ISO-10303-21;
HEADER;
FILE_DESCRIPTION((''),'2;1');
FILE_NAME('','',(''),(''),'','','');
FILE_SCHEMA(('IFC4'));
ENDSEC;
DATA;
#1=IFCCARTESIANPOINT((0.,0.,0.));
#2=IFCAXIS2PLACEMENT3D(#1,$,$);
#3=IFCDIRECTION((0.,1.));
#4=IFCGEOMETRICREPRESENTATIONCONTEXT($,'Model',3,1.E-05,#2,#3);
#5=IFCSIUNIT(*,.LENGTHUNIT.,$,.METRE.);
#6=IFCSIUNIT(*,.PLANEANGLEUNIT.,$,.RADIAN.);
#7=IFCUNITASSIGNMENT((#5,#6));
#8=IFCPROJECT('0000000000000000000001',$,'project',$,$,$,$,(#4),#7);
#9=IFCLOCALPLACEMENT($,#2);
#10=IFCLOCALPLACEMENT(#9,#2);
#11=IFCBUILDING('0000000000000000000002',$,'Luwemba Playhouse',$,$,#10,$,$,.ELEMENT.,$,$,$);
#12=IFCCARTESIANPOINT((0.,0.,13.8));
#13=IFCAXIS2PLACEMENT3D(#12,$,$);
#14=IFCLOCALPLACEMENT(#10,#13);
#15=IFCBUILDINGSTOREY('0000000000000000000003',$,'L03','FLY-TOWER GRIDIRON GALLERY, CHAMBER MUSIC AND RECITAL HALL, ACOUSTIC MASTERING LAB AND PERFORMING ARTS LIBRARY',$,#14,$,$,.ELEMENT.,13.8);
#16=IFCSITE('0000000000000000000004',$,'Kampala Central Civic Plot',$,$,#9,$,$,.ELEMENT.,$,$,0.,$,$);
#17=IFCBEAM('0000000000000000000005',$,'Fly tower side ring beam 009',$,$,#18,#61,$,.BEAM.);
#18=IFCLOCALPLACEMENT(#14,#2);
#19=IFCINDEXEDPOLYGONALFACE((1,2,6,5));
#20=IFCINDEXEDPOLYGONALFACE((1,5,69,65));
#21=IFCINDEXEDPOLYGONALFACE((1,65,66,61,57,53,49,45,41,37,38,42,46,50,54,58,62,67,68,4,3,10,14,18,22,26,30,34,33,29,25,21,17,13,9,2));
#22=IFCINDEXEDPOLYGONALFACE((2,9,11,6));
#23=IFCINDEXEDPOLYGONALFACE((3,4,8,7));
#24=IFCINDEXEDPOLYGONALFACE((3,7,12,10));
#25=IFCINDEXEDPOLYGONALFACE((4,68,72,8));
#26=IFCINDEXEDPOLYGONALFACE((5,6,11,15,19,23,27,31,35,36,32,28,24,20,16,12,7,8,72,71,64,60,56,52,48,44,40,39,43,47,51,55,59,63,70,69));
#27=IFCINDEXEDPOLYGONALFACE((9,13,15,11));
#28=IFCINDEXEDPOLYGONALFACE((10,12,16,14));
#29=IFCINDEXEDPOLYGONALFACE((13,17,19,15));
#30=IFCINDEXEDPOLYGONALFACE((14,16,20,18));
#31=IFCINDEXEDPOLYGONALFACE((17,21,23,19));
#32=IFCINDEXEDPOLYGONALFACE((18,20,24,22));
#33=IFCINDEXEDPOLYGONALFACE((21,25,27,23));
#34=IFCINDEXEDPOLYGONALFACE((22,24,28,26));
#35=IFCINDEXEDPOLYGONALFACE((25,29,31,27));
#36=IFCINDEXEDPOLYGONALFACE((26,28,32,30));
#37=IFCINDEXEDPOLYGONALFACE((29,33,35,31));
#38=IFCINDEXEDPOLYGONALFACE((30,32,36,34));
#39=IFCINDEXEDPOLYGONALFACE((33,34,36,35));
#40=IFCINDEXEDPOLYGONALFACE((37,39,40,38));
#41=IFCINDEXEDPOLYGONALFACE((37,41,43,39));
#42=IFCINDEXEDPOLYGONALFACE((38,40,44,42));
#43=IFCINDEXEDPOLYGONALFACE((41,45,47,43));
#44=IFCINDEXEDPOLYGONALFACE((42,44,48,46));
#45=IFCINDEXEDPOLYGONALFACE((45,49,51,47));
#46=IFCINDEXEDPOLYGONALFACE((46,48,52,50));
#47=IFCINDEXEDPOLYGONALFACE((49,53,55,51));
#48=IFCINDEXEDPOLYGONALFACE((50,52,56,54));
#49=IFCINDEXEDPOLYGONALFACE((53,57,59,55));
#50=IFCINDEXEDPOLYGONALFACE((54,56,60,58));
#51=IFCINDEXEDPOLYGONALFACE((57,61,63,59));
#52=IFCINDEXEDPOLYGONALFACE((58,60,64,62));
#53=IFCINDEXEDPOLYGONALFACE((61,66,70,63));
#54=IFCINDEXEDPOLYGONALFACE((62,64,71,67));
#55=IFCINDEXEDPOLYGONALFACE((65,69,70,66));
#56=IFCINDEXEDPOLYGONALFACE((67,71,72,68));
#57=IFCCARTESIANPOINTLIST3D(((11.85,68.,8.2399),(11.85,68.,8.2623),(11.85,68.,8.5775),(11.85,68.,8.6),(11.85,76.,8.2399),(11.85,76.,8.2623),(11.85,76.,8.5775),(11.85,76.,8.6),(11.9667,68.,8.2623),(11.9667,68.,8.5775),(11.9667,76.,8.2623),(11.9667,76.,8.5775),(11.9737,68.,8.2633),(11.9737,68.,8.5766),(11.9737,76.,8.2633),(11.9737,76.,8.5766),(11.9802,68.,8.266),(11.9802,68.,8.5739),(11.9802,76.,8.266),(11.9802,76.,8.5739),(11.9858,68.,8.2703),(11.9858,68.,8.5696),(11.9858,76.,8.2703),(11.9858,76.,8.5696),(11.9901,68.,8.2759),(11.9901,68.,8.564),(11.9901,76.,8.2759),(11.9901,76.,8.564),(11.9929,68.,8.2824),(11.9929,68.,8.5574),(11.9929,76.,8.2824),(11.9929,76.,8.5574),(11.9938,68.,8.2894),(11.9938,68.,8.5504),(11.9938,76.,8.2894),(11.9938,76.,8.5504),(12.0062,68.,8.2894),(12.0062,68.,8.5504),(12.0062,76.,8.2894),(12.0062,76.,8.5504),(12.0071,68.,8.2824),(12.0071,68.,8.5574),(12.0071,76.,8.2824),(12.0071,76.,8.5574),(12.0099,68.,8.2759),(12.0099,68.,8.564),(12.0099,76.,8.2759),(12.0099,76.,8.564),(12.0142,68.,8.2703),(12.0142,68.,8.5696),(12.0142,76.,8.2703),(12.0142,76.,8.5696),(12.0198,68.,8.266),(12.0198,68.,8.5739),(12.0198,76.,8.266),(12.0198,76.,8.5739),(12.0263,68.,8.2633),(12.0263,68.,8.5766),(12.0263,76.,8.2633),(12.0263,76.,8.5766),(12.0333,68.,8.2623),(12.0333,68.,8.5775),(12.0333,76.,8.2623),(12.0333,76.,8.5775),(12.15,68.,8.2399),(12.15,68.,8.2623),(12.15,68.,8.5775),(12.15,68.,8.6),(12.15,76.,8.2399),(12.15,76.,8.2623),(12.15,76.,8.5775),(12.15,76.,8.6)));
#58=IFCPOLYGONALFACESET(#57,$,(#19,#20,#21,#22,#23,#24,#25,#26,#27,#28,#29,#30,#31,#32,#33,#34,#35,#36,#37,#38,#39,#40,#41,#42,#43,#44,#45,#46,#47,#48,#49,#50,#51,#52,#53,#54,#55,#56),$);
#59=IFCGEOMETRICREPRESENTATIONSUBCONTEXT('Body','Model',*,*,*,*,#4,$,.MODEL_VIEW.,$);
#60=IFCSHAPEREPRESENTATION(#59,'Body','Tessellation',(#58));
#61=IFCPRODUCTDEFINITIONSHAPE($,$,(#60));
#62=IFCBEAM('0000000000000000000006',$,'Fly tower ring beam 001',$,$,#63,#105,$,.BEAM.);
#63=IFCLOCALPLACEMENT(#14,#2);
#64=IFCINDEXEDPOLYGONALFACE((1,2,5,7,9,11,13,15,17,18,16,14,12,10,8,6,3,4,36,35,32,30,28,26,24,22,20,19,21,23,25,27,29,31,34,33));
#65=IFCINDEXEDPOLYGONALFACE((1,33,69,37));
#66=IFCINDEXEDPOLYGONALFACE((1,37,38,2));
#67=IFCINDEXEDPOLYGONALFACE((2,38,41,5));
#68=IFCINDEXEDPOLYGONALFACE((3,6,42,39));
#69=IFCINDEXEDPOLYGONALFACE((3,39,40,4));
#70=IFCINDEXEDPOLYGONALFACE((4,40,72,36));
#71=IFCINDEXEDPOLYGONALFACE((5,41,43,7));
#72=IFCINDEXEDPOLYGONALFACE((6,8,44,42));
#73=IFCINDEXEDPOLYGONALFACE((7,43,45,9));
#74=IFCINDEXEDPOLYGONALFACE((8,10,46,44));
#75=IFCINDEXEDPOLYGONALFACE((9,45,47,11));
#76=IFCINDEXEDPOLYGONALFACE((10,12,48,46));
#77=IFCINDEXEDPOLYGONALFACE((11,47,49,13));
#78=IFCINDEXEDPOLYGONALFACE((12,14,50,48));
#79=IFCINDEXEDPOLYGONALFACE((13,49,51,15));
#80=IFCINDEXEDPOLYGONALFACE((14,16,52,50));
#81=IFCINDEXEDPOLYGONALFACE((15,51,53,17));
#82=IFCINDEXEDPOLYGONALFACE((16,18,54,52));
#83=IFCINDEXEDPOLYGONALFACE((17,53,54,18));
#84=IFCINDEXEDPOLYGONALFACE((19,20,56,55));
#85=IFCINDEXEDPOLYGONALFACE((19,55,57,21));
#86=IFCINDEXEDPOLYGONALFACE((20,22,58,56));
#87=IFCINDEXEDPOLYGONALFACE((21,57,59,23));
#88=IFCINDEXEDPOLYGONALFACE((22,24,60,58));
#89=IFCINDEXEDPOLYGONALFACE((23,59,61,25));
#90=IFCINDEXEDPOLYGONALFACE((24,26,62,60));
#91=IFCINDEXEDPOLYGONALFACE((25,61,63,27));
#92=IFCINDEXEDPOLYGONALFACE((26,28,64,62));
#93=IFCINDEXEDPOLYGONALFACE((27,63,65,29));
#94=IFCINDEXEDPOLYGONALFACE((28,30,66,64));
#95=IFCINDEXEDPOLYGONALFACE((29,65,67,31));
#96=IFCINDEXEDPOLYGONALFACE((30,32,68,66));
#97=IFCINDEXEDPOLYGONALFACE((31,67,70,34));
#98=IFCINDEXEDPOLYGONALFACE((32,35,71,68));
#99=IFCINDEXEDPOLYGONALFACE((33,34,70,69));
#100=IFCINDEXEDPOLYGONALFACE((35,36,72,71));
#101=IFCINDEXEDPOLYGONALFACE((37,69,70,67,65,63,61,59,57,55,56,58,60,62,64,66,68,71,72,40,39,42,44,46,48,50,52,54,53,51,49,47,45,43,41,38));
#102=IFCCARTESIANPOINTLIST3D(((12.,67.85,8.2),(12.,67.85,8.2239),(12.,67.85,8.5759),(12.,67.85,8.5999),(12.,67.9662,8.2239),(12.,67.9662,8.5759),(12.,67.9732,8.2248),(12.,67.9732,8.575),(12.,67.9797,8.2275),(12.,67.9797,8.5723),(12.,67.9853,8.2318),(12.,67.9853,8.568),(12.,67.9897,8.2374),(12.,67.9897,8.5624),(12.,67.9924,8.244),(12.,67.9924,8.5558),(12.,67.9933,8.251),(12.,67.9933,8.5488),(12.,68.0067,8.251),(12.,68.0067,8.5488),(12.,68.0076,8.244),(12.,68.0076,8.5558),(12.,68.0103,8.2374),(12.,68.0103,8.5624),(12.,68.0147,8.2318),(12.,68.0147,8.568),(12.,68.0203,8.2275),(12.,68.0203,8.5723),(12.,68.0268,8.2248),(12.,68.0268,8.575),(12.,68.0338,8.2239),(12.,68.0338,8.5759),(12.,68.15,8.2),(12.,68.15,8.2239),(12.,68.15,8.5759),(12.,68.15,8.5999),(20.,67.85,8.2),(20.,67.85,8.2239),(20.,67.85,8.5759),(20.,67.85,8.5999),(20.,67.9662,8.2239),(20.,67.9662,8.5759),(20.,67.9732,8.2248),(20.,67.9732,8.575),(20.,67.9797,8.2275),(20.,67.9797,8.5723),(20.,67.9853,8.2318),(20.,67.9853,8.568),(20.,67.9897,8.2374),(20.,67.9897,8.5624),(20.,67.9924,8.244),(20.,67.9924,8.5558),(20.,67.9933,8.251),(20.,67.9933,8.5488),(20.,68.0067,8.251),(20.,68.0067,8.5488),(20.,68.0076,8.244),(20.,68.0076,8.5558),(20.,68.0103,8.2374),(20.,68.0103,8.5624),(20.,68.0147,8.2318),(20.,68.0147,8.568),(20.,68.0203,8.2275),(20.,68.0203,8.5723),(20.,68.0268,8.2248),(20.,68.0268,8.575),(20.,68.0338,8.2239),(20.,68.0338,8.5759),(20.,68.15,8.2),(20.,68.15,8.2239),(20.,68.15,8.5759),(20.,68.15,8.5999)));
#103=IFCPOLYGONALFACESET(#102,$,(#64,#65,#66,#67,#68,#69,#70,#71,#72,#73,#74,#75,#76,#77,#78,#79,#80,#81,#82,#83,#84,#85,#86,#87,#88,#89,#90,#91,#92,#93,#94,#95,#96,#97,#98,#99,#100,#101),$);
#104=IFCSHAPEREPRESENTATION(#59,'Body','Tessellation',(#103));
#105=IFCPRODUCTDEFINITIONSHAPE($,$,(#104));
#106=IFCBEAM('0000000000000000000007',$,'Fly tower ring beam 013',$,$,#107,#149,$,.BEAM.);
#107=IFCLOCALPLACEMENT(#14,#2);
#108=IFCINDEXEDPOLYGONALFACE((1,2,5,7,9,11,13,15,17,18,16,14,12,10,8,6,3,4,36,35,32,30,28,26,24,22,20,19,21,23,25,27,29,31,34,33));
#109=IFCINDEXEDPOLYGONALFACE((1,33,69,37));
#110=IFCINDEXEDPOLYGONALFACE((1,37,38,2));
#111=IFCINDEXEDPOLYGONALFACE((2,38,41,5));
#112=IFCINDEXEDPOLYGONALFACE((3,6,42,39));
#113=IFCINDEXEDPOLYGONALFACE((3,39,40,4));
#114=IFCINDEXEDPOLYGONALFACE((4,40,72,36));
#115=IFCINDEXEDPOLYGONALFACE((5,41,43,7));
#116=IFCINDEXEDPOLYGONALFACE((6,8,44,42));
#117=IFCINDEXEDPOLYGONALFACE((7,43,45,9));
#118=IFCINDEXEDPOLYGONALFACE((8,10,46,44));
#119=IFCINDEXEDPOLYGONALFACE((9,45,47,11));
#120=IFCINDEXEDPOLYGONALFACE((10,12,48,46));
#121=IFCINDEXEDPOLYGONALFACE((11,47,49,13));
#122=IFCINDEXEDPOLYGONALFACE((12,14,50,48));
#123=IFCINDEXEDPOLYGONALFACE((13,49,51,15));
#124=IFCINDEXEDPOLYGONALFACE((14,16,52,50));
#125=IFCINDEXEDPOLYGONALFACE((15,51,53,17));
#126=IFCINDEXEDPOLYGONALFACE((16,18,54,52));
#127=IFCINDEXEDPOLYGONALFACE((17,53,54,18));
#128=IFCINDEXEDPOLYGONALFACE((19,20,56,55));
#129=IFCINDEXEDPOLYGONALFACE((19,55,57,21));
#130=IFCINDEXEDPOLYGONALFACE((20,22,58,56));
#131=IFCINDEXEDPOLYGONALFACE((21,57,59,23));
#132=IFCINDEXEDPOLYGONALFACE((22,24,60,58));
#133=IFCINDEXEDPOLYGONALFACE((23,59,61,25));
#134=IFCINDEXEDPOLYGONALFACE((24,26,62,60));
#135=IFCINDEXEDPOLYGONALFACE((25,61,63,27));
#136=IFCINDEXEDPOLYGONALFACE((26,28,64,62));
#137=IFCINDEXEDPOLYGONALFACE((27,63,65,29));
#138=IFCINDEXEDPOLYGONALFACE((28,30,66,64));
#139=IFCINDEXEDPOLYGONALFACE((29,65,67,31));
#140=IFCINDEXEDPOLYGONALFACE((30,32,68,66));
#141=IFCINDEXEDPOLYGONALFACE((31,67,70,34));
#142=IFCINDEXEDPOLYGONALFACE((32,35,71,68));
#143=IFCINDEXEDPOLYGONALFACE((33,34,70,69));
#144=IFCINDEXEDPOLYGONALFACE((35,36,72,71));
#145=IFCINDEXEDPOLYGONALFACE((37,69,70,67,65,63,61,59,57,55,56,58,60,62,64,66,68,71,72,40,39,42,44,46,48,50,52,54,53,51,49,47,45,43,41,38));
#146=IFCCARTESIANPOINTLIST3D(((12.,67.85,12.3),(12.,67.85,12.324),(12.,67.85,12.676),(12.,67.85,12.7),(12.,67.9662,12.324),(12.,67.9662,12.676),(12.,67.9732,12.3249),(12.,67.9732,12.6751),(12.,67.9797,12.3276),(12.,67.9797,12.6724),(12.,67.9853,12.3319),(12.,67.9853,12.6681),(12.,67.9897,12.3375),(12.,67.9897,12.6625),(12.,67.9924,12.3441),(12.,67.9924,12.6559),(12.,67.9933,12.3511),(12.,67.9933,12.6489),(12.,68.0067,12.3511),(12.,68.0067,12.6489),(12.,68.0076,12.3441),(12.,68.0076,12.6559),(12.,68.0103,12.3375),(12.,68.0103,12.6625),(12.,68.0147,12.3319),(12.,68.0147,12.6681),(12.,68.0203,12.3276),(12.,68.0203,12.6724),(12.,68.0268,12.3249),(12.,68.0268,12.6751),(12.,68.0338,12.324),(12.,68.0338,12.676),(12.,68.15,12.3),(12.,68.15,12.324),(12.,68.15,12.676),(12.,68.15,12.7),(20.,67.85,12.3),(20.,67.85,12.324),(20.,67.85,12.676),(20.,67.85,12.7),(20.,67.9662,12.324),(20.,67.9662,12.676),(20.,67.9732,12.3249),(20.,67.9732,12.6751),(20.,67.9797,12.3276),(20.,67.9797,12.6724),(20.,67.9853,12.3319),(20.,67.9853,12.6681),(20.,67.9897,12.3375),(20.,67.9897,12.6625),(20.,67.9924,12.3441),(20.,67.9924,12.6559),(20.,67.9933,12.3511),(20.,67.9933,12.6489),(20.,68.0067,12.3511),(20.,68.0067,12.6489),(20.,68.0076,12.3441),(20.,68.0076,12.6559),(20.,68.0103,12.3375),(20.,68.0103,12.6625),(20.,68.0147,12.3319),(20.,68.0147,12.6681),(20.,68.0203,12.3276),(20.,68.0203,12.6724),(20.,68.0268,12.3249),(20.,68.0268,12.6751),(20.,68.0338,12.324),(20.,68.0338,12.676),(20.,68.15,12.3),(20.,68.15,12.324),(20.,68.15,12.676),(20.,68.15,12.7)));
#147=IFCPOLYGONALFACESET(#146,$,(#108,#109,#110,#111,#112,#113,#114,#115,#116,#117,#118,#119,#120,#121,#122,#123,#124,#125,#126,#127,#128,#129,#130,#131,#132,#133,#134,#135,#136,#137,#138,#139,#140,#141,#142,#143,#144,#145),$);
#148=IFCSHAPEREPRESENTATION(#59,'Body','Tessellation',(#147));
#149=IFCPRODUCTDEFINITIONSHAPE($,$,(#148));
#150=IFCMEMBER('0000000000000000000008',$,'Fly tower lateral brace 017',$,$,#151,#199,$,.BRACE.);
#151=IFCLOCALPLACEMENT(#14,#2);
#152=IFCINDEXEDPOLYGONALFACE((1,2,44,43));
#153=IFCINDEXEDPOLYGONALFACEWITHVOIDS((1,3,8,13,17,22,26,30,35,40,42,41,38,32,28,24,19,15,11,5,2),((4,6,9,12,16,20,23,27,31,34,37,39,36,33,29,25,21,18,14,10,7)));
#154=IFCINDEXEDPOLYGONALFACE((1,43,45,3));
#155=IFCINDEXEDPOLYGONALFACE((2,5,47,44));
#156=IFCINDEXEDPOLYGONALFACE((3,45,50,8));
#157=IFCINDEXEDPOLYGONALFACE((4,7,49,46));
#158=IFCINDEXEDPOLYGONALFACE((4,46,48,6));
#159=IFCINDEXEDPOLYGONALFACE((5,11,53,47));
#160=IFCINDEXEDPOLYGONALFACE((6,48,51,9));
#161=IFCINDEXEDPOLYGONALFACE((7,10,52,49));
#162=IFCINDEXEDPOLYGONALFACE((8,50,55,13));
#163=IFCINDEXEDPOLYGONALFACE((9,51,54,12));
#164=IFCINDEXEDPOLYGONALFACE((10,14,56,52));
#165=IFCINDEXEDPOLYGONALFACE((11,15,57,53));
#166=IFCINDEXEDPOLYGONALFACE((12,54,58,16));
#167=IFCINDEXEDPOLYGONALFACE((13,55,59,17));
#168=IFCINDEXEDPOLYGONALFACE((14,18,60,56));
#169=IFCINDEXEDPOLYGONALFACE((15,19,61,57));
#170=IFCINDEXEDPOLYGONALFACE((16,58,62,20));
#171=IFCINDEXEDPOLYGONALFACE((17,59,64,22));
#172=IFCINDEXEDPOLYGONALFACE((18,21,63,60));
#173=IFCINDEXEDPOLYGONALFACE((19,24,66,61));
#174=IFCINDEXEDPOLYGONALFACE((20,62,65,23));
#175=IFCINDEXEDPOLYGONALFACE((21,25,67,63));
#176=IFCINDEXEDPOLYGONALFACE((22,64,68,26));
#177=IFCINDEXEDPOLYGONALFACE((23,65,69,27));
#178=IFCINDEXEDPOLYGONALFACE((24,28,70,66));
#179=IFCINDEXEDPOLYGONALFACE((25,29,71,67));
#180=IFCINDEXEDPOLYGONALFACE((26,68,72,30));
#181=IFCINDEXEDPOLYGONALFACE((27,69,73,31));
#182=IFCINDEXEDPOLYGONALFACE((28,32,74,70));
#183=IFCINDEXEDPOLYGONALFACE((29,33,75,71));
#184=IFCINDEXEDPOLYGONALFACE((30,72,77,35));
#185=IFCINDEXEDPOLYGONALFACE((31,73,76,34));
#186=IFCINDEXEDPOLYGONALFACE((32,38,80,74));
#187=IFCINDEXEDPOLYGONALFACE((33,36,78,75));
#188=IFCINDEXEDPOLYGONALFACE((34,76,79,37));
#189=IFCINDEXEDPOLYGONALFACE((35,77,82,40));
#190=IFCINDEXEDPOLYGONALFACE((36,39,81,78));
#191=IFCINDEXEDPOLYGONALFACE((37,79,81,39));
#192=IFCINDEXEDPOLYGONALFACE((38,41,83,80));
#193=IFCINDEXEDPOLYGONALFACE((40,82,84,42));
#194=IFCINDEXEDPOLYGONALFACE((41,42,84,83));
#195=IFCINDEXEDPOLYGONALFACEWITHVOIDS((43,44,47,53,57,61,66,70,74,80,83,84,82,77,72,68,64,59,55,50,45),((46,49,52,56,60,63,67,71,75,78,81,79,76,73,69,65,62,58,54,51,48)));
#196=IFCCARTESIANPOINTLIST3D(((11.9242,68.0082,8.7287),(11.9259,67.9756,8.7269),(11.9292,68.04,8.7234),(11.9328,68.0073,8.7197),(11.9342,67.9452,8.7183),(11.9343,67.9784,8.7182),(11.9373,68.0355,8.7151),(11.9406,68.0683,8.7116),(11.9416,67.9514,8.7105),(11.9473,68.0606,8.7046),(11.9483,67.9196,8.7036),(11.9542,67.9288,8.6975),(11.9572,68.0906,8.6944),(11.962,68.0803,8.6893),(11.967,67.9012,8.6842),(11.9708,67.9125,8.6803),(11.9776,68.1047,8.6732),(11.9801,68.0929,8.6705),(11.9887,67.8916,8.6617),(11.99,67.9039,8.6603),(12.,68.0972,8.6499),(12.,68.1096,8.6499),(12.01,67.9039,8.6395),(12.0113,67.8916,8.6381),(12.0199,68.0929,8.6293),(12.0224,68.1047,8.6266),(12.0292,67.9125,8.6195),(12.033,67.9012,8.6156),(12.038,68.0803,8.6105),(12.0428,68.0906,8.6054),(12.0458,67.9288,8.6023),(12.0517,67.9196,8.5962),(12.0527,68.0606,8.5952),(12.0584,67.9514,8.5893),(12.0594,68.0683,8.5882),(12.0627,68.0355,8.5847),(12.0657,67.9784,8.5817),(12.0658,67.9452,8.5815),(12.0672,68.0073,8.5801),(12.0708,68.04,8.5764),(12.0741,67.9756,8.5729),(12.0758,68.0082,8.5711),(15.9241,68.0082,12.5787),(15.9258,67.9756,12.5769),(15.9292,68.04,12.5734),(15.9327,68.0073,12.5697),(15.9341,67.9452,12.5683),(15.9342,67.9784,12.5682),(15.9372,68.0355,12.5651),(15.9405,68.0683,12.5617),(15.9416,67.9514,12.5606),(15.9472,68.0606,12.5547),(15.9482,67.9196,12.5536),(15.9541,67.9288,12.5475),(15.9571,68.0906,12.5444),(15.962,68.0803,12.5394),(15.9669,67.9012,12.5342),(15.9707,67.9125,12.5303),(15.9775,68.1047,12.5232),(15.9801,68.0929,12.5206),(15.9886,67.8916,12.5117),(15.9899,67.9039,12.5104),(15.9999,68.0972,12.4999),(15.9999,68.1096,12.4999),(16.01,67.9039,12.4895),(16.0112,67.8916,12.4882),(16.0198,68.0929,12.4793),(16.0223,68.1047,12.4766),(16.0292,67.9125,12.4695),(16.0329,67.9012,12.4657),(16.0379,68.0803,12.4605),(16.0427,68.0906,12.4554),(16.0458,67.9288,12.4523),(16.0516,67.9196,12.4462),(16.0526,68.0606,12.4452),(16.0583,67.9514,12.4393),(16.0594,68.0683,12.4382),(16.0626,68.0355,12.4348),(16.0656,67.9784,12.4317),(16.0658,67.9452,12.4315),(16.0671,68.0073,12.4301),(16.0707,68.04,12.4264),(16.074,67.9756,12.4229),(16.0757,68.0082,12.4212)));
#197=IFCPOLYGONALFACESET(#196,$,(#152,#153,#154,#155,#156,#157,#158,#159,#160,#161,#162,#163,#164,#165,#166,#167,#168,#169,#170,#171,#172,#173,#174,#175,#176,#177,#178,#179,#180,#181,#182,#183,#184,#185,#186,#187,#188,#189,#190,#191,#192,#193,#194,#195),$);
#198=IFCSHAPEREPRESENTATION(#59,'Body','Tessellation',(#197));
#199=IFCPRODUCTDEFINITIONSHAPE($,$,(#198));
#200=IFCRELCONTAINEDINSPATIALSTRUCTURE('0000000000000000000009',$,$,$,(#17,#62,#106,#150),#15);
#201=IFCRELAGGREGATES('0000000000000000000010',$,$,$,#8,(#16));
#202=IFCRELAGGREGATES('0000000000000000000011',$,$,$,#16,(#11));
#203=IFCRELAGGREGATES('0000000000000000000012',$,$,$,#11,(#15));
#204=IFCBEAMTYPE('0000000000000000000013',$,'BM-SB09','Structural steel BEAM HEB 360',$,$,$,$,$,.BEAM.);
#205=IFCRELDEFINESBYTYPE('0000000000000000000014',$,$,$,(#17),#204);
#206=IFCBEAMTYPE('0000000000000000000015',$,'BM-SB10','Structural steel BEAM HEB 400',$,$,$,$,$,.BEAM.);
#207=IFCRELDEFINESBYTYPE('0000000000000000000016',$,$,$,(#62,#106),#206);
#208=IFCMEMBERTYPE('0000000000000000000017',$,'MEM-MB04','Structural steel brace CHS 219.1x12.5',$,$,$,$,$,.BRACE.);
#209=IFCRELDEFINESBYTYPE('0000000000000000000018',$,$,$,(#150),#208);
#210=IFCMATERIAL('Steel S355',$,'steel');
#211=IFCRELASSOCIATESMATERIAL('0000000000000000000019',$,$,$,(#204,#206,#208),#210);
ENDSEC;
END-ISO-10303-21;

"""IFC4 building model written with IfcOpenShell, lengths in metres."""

from ifc_helpers import new_model, si_unit, direction, frame, origin, origin_2d, place, context, subcontext, project, spatial, hollow_circle, i_section, extrude, material, material_profile, profile_set, type_object, element, save


model = new_model("IFC4")

# Units and contexts
model_context = context("Model", 3, precision=1e-05, world=origin(), true_north=direction((0.0, 1.0)))
body_context = subcontext(model_context, "Body", "Model", "MODEL_VIEW")
ifc_project = project(units=[si_unit("LENGTHUNIT", "METRE"), si_unit("PLANEANGLEUNIT", "RADIAN")], contexts=[model_context])

# Site, building, storey
site_placement = place(None, origin())
site = spatial("IfcSite", under=ifc_project, at=site_placement, Name="Kampala Central Civic Plot", CompositionType="ELEMENT", RefElevation=0.0)
building_placement = place(site_placement, origin())
building = spatial("IfcBuilding", under=site, at=building_placement, Name="Luwemba Playhouse", CompositionType="ELEMENT")
storey_placement = place(building_placement, frame((0.0, 0.0, 13.8)))
storey = spatial("IfcBuildingStorey", under=building, at=storey_placement, Name="L03", Description="FLY-TOWER GRIDIRON GALLERY, CHAMBER MUSIC AND RECITAL HALL, ACOUSTIC MASTERING LAB AND PERFORMING ARTS LIBRARY", CompositionType="ELEMENT", Elevation=13.8)

# Shared definitions
ifc_material_1 = material(Name="Steel S355", Category="steel")

# Beams
ifc_material_profile_1 = material_profile(ifc_material_1, i_section(OverallWidth=0.3, OverallDepth=0.3601, WebThickness=0.0125, FlangeThickness=0.0225, FilletRadius=0.0271, at=origin_2d()))
ifc_profile_set_1 = profile_set([ifc_material_profile_1], Name="Steel S355")
beam_type_1 = type_object("IfcBeamType", Name="BM-SB09", Description="Structural steel BEAM HEB 360", PredefinedType="BEAM", material=ifc_profile_set_1)
beam_placement = place(storey_placement, frame((12.0, 68.0, 8.4199), z_axis=(0.0, 1.0, 0.0), x_axis=(-1.0, 0.0, 0.0)))
element("IfcBeam", 1, at=beam_placement, inside=storey, type_object=beam_type_1, Name="Fly tower side ring beam 009", PredefinedType="BEAM", context=body_context, shape_type="SweptSolid", body=[
    extrude(i_section(OverallWidth=0.3, OverallDepth=0.3601, WebThickness=0.0125, FlangeThickness=0.0225, FilletRadius=0.0271, at=origin_2d()), origin(), (0.0, 0.0, 1.0), 8.0),
])
ifc_material_profile_2 = material_profile(ifc_material_1, i_section(OverallWidth=0.3, OverallDepth=0.3999, WebThickness=0.0134, FlangeThickness=0.0239, FilletRadius=0.0271, at=origin_2d()))
ifc_profile_set_2 = profile_set([ifc_material_profile_2], Name="Steel S355")
beam_type_2 = type_object("IfcBeamType", Name="BM-SB10", Description="Structural steel BEAM HEB 400", PredefinedType="BEAM", material=ifc_profile_set_2)
for number, where, z_axis, x_axis, name in (
    (2, (12.0, 68.0, 8.3999), (1.0, 0.0, 0.0), (0.0, 1.0, 0.0), "Fly tower ring beam 001"),
    (3, (12.0, 68.0, 12.5), (1.0, 0.0, 0.0), (0.0, 1.0, 0.0), "Fly tower ring beam 013"),
):
    element("IfcBeam", number, at=place(storey_placement, frame(where, z_axis=z_axis, x_axis=x_axis)), inside=storey, type_object=beam_type_2, Name=name, PredefinedType="BEAM", context=body_context, shape_type="SweptSolid", body=[
        extrude(i_section(OverallWidth=0.3, OverallDepth=0.3999, WebThickness=0.0134, FlangeThickness=0.0239, FilletRadius=0.0271, at=origin_2d()), origin(), (0.0, 0.0, 1.0), 8.0),
    ])

# Member
ifc_material_profile_3 = material_profile(ifc_material_1, hollow_circle(Radius=0.1096, WallThickness=0.0125, at=origin_2d()))
ifc_profile_set_3 = profile_set([ifc_material_profile_3], Name="Steel S355")
member_type = type_object("IfcMemberType", Name="MEM-MB04", Description="Structural steel brace CHS 219.1x12.5", PredefinedType="BRACE", material=ifc_profile_set_3)
member_placement = place(storey_placement, frame((12.0, 68.0, 8.6499), z_axis=(0.720478, 0.0, 0.693478), x_axis=(0.0, 1.0, 0.0)))
element("IfcMember", 4, at=member_placement, inside=storey, type_object=member_type, Name="Fly tower lateral brace 017", PredefinedType="BRACE", context=body_context, shape_type="SweptSolid", body=[
    extrude(hollow_circle(Radius=0.1096, WallThickness=0.0125, at=origin_2d()), origin(), (0.0, 0.0, 1.0), 5.5518),
])

save(model, "model.ifc")
